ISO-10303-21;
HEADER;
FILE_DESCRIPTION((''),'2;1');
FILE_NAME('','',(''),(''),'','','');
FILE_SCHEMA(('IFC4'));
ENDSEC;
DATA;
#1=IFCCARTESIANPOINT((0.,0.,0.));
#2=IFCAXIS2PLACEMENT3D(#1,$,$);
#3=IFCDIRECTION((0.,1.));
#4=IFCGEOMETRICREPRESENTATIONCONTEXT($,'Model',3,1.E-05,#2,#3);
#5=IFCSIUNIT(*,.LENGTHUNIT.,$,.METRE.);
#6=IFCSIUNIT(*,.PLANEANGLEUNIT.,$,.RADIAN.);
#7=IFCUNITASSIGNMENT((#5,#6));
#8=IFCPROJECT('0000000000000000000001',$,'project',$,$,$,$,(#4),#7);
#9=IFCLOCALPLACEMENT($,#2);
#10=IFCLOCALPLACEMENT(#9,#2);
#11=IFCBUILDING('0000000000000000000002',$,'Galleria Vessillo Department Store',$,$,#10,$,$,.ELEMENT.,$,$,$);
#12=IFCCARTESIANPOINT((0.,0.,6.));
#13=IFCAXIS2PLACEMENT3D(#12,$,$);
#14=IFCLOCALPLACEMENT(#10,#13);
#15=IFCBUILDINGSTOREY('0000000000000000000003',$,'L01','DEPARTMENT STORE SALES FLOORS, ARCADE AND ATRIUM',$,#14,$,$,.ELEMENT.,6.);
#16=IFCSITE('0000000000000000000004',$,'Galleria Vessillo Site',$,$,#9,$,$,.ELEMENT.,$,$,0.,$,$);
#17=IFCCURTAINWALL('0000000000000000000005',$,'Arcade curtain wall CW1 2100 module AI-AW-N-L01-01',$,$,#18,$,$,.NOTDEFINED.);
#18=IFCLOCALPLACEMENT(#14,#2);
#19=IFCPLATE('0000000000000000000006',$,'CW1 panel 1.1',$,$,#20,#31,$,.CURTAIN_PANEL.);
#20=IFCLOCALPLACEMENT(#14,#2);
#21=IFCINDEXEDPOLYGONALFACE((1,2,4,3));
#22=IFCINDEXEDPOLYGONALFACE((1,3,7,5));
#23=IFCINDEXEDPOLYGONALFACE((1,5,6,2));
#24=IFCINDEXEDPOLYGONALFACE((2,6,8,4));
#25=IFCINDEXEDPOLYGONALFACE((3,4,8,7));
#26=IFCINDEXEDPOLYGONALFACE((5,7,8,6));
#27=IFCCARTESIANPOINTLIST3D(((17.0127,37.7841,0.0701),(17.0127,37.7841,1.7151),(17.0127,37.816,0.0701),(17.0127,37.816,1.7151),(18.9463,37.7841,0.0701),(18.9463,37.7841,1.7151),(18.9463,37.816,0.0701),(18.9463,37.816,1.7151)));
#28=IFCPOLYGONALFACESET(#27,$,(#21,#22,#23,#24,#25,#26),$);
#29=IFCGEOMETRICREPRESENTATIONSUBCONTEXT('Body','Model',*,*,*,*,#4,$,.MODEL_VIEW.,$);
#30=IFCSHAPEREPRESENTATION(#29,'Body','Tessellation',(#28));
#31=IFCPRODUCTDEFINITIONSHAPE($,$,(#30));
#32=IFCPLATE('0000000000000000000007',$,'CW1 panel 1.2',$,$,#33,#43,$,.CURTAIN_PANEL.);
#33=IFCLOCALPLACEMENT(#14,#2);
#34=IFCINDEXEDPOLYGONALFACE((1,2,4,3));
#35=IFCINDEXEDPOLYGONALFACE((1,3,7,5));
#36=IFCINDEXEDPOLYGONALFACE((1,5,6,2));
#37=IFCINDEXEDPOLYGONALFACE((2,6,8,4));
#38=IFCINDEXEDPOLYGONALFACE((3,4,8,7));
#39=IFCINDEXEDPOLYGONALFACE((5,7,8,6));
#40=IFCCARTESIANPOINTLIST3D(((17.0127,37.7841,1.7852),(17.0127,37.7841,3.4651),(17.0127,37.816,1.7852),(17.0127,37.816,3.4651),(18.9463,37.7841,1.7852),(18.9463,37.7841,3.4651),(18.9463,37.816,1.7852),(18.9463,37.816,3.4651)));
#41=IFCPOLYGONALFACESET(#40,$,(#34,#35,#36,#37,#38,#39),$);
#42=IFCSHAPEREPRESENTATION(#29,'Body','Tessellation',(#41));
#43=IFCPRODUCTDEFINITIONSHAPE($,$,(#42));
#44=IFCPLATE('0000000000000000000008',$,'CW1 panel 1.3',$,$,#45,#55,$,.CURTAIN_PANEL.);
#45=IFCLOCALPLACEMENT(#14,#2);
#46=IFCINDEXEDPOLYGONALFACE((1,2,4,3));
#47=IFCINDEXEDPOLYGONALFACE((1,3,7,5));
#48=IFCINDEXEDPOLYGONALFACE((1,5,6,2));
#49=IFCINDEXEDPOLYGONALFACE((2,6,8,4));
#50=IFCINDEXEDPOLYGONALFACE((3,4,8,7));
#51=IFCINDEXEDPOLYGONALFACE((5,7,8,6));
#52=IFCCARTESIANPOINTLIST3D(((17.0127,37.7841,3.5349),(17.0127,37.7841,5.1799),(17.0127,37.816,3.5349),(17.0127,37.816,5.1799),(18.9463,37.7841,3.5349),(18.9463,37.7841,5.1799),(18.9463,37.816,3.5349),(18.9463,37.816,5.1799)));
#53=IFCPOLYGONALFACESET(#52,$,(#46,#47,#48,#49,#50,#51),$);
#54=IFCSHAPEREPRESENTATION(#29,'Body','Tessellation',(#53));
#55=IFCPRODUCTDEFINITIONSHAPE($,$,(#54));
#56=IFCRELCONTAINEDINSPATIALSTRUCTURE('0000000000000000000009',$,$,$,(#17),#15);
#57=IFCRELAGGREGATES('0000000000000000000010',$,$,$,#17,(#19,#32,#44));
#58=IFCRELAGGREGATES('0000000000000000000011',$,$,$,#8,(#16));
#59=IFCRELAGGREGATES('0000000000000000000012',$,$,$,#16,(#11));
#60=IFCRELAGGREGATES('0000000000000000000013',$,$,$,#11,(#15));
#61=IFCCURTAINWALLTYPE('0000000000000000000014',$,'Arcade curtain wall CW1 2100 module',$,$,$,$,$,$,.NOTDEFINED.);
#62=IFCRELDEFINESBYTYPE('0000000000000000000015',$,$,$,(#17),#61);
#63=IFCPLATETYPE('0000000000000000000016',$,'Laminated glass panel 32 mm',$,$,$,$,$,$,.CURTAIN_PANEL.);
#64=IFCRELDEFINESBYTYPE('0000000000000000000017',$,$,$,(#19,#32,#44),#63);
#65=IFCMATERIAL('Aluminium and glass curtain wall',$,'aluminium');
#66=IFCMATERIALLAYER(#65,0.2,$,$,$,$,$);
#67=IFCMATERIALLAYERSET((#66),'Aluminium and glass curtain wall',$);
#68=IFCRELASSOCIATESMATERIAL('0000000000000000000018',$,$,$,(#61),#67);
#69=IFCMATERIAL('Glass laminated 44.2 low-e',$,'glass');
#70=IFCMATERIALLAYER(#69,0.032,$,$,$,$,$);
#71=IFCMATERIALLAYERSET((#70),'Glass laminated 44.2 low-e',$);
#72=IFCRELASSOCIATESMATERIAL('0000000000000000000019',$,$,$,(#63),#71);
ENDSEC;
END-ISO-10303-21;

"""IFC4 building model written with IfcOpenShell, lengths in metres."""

from ifc_helpers import new_model, si_unit, direction, frame, origin, origin_2d, place, context, subcontext, project, spatial, rectangle, extrude, material, layer, layer_set, type_object, element, aggregate, save


model = new_model("IFC4")

# Units and contexts
model_context = context("Model", 3, precision=1e-05, world=origin(), true_north=direction((0.0, 1.0)))
body_context = subcontext(model_context, "Body", "Model", "MODEL_VIEW")
ifc_project = project(units=[si_unit("LENGTHUNIT", "METRE"), si_unit("PLANEANGLEUNIT", "RADIAN")], contexts=[model_context])

# Site, building, storey
site_placement = place(None, origin())
site = spatial("IfcSite", under=ifc_project, at=site_placement, Name="Galleria Vessillo Site", CompositionType="ELEMENT", RefElevation=0.0)
building_placement = place(site_placement, origin())
building = spatial("IfcBuilding", under=site, at=building_placement, Name="Galleria Vessillo Department Store", CompositionType="ELEMENT")
storey_placement = place(building_placement, frame((0.0, 0.0, 6.0)))
storey = spatial("IfcBuildingStorey", under=building, at=storey_placement, Name="L01", Description="DEPARTMENT STORE SALES FLOORS, ARCADE AND ATRIUM", CompositionType="ELEMENT", Elevation=6.0)

# Curtain wall
ifc_material_1 = material(Name="Aluminium and glass curtain wall", Category="aluminium")
ifc_layer_1 = layer(ifc_material_1, 0.2)
ifc_layer_set_1 = layer_set([ifc_layer_1], Name="Aluminium and glass curtain wall")
curtain_wall_type_1 = type_object("IfcCurtainWallType", Name="Arcade curtain wall CW1 2100 module", PredefinedType="NOTDEFINED", material=ifc_layer_set_1)
curtain_wall_1_placement = place(storey_placement, origin())
curtain_wall_1 = element("IfcCurtainWall", 1, at=curtain_wall_1_placement, inside=storey, type_object=curtain_wall_type_1, Name="Arcade curtain wall CW1 2100 module AI-AW-N-L01-01", PredefinedType="NOTDEFINED")

# Plates
ifc_material_2 = material(Name="Glass laminated 44.2 low-e", Category="glass")
ifc_layer_2 = layer(ifc_material_2, 0.032)
ifc_layer_set_2 = layer_set([ifc_layer_2], Name="Glass laminated 44.2 low-e")
plate_type_1 = type_object("IfcPlateType", Name="Laminated glass panel 32 mm", PredefinedType="CURTAIN_PANEL", material=ifc_layer_set_2)
plate_1_placement = place(storey_placement, frame((17.9795, 37.8, 0.0701), z_axis=(0.0, 0.0, 1.0), x_axis=(1.0, 0.0, 0.0)))
plate_1 = element("IfcPlate", 2, at=plate_1_placement, type_object=plate_type_1, Name="CW1 panel 1.1", PredefinedType="CURTAIN_PANEL", context=body_context, shape_type="SweptSolid", body=[
    extrude(rectangle(XDim=1.9336, YDim=0.032, at=origin_2d()), origin(), (0.0, 0.0, 1.0), 1.645),
])
plate_2_placement = place(storey_placement, frame((17.9795, 37.8, 1.7852), z_axis=(0.0, 0.0, 1.0), x_axis=(1.0, 0.0, 0.0)))
plate_2 = element("IfcPlate", 3, at=plate_2_placement, type_object=plate_type_1, Name="CW1 panel 1.2", PredefinedType="CURTAIN_PANEL", context=body_context, shape_type="SweptSolid", body=[
    extrude(rectangle(XDim=1.9336, YDim=0.032, at=origin_2d()), origin(), (0.0, 0.0, 1.0), 1.6799),
])
plate_3_placement = place(storey_placement, frame((17.9795, 37.8, 3.5349), z_axis=(0.0, 0.0, 1.0), x_axis=(1.0, 0.0, 0.0)))
plate_3 = element("IfcPlate", 4, at=plate_3_placement, type_object=plate_type_1, Name="CW1 panel 1.3", PredefinedType="CURTAIN_PANEL", context=body_context, shape_type="SweptSolid", body=[
    extrude(rectangle(XDim=1.9336, YDim=0.032, at=origin_2d()), origin(), (0.0, 0.0, 1.0), 1.645),
])
aggregate(curtain_wall_1, [plate_1, plate_2, plate_3])

save(model, "model.ifc")
